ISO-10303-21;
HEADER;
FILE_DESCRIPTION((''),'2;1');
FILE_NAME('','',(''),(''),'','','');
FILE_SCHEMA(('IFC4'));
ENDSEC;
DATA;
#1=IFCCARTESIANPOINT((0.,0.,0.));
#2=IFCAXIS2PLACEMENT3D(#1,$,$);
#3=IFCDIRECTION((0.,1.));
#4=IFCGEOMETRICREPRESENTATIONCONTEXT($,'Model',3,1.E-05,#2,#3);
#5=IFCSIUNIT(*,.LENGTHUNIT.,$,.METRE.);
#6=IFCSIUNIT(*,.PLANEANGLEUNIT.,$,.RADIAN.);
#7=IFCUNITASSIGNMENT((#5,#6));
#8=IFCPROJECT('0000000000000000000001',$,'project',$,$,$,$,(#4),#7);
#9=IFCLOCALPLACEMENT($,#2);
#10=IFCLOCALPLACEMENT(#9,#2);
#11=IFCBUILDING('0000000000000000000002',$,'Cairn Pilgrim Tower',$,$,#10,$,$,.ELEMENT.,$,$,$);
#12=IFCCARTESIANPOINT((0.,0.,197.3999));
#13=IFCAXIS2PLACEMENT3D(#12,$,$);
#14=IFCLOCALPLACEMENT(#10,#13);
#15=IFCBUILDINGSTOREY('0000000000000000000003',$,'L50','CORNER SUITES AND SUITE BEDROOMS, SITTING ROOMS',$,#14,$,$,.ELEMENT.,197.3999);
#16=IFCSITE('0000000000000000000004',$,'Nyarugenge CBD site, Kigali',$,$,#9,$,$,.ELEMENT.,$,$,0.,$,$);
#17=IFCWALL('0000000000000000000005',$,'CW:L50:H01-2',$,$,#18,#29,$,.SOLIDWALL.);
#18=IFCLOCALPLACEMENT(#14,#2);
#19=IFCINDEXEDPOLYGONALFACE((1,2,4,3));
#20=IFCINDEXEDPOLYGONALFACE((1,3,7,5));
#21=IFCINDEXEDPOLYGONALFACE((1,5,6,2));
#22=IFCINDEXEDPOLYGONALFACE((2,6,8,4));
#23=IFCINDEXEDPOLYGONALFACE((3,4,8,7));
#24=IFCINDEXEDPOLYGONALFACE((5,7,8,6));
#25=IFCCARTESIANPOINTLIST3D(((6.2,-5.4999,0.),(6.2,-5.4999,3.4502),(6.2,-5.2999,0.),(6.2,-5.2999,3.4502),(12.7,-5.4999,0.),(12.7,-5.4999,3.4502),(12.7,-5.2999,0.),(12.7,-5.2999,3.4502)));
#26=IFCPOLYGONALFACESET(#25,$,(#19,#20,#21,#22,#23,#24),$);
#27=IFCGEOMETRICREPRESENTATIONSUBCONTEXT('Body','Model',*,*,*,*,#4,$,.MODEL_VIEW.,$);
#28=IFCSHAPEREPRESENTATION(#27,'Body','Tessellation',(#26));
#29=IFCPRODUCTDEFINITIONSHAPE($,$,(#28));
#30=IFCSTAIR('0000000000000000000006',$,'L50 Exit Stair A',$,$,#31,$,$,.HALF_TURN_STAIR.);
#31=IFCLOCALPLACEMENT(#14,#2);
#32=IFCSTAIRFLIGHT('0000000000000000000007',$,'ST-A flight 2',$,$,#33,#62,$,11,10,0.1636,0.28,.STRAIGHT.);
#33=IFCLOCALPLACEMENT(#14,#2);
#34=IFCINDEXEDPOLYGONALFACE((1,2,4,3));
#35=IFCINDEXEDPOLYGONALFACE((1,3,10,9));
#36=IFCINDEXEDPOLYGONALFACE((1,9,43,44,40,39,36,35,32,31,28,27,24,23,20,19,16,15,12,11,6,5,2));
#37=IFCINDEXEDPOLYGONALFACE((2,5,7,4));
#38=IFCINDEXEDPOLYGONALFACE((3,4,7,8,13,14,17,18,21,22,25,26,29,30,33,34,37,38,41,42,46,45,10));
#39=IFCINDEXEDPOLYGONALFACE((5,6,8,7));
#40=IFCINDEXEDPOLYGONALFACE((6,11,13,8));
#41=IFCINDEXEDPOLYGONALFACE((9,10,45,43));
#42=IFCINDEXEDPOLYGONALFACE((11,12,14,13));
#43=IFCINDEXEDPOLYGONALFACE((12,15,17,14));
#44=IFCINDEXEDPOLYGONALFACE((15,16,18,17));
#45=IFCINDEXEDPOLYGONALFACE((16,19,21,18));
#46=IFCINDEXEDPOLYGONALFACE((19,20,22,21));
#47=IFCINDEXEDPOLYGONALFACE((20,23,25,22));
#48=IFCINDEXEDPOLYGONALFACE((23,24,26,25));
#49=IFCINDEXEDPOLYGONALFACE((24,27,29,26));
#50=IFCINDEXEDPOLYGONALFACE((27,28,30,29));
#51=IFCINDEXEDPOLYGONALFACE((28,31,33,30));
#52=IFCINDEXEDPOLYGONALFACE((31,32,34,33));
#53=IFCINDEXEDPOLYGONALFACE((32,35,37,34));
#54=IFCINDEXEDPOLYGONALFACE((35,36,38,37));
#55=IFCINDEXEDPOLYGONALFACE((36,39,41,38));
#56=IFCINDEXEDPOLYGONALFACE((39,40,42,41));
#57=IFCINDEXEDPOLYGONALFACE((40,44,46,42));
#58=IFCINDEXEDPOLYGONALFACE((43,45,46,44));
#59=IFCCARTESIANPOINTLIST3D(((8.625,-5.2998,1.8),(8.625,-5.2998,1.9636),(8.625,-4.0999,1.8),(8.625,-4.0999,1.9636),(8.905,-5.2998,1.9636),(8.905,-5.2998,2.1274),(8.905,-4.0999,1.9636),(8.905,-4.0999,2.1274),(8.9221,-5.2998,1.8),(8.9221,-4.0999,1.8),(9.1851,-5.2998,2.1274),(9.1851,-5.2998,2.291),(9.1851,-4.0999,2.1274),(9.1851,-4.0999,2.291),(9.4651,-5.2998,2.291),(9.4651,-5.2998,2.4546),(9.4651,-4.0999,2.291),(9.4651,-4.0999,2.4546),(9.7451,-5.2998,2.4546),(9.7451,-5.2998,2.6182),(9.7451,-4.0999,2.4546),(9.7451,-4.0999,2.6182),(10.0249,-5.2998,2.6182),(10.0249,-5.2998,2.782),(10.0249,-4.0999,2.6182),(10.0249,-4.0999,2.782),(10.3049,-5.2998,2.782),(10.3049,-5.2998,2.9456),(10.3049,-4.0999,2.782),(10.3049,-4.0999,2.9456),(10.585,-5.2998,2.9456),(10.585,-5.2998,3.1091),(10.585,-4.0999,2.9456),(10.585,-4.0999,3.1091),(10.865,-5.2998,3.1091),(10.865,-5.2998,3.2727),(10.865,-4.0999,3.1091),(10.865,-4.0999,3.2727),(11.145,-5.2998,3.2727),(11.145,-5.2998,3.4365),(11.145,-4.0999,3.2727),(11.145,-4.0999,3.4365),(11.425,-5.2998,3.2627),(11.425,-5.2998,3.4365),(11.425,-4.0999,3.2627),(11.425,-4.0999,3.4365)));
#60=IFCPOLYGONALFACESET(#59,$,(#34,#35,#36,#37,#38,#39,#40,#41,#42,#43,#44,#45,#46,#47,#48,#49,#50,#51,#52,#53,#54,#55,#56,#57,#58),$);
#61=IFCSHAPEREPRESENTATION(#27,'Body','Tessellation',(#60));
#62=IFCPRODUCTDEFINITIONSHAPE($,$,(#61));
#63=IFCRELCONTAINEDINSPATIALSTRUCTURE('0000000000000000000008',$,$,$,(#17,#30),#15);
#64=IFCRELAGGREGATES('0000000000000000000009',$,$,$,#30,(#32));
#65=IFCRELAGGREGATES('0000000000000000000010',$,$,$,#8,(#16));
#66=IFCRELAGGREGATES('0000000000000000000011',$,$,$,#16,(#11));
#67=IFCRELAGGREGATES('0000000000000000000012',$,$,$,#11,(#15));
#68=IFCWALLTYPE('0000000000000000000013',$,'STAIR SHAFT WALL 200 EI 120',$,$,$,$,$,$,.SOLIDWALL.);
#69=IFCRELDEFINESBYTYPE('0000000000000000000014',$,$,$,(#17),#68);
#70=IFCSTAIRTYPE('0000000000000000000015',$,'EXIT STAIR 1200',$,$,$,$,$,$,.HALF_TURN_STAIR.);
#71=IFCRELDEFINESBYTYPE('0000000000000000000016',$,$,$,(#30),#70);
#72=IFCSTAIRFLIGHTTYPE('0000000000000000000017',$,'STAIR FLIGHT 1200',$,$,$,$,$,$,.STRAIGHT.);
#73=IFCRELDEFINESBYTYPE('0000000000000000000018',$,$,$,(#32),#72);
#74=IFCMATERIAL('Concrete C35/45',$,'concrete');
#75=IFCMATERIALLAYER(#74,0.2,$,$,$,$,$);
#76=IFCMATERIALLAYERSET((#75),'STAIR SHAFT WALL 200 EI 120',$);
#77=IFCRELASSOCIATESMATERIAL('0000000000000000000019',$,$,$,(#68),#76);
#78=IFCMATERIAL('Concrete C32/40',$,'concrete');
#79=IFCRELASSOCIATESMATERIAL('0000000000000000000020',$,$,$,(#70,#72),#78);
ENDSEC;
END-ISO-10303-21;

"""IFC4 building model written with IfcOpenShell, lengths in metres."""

from ifc_helpers import new_model, si_unit, direction, frame, frame_2d, origin, place, context, subcontext, project, spatial, polyline, rectangle, outline, extrude, material, layer, layer_set, type_object, element, aggregate, save


model = new_model("IFC4")

# Units and contexts
model_context = context("Model", 3, precision=1e-05, world=origin(), true_north=direction((0.0, 1.0)))
body_context = subcontext(model_context, "Body", "Model", "MODEL_VIEW")
ifc_project = project(units=[si_unit("LENGTHUNIT", "METRE"), si_unit("PLANEANGLEUNIT", "RADIAN")], contexts=[model_context])

# Site, building, storey
site_placement = place(None, origin())
site = spatial("IfcSite", under=ifc_project, at=site_placement, Name="Nyarugenge CBD site, Kigali", CompositionType="ELEMENT", RefElevation=0.0)
building_placement = place(site_placement, origin())
building = spatial("IfcBuilding", under=site, at=building_placement, Name="Cairn Pilgrim Tower", CompositionType="ELEMENT")
storey_placement = place(building_placement, frame((0.0, 0.0, 197.3999)))
storey = spatial("IfcBuildingStorey", under=building, at=storey_placement, Name="L50", Description="CORNER SUITES AND SUITE BEDROOMS, SITTING ROOMS", CompositionType="ELEMENT", Elevation=197.3999)

# Shared definitions
ifc_material_1 = material(Name="Concrete C35/45", Category="concrete")

# Shared definitions
ifc_material_2 = material(Name="Concrete C32/40", Category="concrete")

# Wall
ifc_layer_1 = layer(ifc_material_1, 0.2)
ifc_layer_set_1 = layer_set([ifc_layer_1], Name="STAIR SHAFT WALL 200 EI 120")
wall_type_1 = type_object("IfcWallType", Name="STAIR SHAFT WALL 200 EI 120", PredefinedType="SOLIDWALL", material=ifc_layer_set_1)
wall_1_placement = place(storey_placement, frame((6.2, -5.3999, 0.0), z_axis=(0.0, 0.0, 1.0), x_axis=(1.0, 0.0, 0.0)))
element("IfcWall", 1, at=wall_1_placement, inside=storey, type_object=wall_type_1, Name="CW:L50:H01-2", PredefinedType="SOLIDWALL", context=body_context, shape_type="SweptSolid", body=[
    extrude(rectangle(XDim=6.5, YDim=0.2, at=frame_2d((3.25, 0.0))), origin(), (0.0, 0.0, 1.0), 3.4502),
])

# Stair, stair flight
stair_type = type_object("IfcStairType", Name="EXIT STAIR 1200", PredefinedType="HALF_TURN_STAIR", material=ifc_material_2)
stair_placement = place(storey_placement, origin())
stair = element("IfcStair", 2, at=stair_placement, inside=storey, type_object=stair_type, Name="L50 Exit Stair A", PredefinedType="HALF_TURN_STAIR")
stair_flight_type = type_object("IfcStairFlightType", Name="STAIR FLIGHT 1200", PredefinedType="STRAIGHT", material=ifc_material_2)
stair_flight_placement = place(storey_placement, frame((8.625, -4.7, 1.8), z_axis=(0.0, 0.0, 1.0), x_axis=(1.0, 0.0, 0.0)))
stair_flight = element("IfcStairFlight", 3, at=stair_flight_placement, type_object=stair_flight_type, Name="ST-A flight 2", NumberOfRisers=11, NumberOfTreads=10, PredefinedType="STRAIGHT", RiserHeight=0.1636, TreadLength=0.28, context=body_context, shape_type="SweptSolid", body=[
    extrude(outline(polyline([(0.0, 0.0), (0.0, 0.1636), (0.28, 0.1636), (0.28, 0.3274), (0.5601, 0.3274), (0.5601, 0.491), (0.8401, 0.491), (0.8401, 0.6545), (1.1201, 0.6545), (1.1201, 0.8181), (1.3999, 0.8181), (1.3999, 0.9819), (1.6799, 0.9819), (1.6799, 1.1455), (1.96, 1.1455), (1.96, 1.3091), (2.24, 1.3091), (2.24, 1.4727), (2.52, 1.4727), (2.52, 1.6365), (2.8, 1.6365), (2.8, 1.8), (2.8, 1.4626), (0.2971, 0.0), (0.0, 0.0)])), frame((0.0, 0.6001, 0.0), z_axis=(0.0, -1.0, 0.0), x_axis=(1.0, 0.0, 0.0)), (0.0, 0.0, 1.0), 1.2),
])
aggregate(stair, [stair_flight])

save(model, "model.ifc")
